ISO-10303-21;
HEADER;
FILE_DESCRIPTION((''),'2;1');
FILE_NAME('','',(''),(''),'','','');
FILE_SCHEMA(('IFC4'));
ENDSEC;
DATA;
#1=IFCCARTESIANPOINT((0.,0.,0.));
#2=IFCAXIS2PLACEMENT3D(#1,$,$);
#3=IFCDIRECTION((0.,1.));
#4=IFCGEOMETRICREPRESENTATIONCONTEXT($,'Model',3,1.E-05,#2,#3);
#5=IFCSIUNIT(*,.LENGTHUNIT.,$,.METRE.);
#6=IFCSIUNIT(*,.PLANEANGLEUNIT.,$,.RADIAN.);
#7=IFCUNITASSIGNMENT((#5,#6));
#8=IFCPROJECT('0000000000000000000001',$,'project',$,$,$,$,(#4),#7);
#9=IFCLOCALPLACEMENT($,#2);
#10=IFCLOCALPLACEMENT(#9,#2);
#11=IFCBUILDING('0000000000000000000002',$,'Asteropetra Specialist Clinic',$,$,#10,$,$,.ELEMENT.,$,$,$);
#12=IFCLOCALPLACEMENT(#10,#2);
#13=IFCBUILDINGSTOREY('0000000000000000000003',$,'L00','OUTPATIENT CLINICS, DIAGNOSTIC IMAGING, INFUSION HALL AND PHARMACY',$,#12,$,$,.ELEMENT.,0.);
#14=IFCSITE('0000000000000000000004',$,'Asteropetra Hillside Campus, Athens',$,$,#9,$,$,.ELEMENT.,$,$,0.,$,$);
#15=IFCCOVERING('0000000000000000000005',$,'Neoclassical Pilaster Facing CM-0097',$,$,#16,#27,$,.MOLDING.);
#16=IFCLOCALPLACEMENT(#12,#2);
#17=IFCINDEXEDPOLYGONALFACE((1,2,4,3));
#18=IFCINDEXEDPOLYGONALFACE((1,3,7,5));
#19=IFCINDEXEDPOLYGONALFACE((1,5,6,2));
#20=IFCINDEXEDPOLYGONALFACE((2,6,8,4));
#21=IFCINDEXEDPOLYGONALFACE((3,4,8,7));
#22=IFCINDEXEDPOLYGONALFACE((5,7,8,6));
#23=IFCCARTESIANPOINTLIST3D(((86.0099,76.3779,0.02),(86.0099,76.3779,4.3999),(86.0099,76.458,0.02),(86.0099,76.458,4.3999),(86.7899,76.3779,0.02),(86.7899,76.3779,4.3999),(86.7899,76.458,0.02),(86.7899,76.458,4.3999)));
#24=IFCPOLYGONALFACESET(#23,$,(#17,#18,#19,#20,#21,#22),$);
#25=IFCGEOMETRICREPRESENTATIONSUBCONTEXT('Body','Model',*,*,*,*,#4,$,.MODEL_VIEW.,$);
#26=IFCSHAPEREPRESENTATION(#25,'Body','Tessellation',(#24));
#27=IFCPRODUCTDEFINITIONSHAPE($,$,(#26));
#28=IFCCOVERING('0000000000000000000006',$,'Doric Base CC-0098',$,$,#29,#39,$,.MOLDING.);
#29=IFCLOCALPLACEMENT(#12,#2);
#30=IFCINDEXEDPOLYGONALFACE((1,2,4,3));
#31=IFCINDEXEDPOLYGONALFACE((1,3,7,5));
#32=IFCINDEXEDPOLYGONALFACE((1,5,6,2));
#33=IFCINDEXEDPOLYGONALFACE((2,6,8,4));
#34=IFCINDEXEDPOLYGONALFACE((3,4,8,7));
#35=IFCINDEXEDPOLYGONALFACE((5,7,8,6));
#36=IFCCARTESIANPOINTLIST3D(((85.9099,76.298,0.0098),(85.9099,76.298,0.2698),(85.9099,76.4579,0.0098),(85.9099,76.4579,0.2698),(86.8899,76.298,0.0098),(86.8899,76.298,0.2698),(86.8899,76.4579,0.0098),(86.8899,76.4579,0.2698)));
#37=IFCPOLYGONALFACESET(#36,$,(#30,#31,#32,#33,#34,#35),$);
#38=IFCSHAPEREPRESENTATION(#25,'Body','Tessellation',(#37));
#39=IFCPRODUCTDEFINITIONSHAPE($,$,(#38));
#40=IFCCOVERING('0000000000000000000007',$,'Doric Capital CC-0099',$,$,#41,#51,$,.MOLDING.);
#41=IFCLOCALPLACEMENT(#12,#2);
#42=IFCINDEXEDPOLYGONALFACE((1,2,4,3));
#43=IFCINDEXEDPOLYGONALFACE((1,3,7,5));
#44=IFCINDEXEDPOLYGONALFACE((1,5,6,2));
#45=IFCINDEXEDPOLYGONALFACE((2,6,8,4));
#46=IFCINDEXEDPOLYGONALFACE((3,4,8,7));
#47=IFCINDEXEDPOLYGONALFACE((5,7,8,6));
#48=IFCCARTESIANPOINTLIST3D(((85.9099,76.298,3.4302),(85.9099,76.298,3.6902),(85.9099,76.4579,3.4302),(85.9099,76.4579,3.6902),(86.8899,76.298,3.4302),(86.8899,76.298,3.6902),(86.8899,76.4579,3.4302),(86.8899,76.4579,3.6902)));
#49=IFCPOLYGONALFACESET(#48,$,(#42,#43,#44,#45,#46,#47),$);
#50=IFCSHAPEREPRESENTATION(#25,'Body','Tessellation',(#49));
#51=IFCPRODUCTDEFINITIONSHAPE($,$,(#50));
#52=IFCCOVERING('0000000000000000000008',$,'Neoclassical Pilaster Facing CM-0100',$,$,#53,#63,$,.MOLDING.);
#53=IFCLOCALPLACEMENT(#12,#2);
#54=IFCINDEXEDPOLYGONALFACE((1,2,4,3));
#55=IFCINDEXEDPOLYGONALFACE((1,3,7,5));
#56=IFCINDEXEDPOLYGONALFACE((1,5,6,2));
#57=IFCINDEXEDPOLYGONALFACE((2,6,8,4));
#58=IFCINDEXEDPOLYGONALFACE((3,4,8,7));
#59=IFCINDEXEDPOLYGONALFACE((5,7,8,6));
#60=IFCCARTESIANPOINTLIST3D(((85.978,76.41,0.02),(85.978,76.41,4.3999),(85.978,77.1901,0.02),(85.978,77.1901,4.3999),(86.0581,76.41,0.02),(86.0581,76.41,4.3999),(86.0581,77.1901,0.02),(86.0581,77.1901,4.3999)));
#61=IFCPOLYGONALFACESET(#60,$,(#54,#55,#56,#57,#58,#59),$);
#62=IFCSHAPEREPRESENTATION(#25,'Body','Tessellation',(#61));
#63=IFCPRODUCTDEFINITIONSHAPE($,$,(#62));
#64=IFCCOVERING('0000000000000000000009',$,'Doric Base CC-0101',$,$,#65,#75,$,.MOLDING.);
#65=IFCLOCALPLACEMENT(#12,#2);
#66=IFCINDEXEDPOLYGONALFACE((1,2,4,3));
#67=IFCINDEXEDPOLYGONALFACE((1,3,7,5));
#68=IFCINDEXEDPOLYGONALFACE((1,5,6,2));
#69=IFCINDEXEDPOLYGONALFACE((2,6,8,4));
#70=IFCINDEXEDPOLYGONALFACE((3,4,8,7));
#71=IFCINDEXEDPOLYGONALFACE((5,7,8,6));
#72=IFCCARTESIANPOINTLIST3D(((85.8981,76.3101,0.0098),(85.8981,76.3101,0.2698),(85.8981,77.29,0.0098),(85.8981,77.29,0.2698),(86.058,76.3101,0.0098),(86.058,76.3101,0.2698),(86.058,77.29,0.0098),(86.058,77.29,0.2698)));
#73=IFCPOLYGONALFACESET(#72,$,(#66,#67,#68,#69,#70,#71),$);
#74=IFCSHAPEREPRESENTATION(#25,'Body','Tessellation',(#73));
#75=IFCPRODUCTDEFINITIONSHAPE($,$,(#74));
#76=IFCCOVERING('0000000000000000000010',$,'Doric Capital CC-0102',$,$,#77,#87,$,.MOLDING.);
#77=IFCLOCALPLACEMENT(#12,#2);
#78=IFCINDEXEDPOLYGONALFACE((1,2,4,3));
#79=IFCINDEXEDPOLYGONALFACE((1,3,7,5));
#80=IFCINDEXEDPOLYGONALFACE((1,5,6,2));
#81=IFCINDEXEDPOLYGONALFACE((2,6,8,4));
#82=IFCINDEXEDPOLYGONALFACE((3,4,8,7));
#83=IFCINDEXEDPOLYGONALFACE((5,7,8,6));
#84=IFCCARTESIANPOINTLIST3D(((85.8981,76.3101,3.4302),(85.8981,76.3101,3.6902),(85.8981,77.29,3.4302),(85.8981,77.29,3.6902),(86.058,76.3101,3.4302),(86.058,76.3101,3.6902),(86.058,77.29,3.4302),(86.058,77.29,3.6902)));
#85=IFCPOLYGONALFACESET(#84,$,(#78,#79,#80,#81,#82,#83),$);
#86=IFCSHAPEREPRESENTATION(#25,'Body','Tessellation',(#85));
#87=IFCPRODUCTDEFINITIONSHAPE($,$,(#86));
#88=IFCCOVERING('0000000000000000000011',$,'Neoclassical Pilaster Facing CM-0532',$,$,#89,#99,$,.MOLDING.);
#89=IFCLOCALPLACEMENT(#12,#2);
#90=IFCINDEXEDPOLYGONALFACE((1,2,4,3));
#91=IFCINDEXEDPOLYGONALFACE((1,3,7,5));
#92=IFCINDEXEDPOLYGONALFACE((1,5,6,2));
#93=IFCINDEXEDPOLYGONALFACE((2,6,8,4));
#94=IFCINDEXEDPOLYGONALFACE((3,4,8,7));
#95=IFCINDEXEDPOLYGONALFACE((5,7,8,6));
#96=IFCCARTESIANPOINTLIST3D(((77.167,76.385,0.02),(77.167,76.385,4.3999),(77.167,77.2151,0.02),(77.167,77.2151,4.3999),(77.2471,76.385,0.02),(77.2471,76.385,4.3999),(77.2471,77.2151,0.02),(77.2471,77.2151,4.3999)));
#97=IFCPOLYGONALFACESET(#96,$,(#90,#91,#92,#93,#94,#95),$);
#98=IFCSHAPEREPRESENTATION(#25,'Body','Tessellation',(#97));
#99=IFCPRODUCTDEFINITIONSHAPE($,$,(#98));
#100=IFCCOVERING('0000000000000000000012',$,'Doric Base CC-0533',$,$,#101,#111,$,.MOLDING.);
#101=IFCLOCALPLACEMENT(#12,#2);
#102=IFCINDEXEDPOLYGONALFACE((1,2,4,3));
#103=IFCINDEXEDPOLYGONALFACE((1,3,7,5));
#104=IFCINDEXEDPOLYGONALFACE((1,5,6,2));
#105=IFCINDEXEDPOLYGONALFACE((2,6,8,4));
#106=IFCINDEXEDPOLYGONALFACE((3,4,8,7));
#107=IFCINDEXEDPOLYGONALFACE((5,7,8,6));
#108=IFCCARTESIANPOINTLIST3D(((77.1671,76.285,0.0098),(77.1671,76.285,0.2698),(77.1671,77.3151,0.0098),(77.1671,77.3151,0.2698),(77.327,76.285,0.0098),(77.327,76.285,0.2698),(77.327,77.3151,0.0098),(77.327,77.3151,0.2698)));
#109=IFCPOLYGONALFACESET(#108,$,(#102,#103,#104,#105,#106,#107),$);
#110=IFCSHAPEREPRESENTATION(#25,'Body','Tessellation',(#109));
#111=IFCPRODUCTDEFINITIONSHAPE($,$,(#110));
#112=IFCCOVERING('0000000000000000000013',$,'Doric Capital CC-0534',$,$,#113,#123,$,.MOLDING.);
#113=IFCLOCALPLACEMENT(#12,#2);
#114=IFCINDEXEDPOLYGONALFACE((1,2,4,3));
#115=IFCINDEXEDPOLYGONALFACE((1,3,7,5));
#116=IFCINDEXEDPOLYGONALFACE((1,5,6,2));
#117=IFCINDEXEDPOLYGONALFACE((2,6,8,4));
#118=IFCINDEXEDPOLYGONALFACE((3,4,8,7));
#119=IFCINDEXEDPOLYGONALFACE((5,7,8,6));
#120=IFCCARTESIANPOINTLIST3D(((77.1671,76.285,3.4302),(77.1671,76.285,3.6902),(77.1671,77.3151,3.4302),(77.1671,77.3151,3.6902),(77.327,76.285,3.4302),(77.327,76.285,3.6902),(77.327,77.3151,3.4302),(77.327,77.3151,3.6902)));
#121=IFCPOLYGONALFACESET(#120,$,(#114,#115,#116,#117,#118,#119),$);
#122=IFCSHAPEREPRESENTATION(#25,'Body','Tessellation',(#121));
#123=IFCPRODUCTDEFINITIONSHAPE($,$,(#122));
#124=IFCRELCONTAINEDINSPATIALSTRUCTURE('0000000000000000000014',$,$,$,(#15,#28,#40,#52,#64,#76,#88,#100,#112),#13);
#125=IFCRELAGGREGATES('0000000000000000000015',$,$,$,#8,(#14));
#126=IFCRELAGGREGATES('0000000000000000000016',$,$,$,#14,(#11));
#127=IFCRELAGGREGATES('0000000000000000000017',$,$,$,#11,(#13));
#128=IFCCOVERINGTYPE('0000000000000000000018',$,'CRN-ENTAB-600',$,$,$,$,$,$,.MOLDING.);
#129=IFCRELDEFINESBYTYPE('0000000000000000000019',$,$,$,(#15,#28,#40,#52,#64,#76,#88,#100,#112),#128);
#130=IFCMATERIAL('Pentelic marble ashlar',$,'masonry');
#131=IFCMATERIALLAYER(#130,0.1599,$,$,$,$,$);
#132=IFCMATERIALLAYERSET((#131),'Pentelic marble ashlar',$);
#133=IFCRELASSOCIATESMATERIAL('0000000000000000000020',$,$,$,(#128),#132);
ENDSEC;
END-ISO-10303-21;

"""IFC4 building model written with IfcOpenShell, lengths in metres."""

from ifc_helpers import new_model, si_unit, direction, frame, origin, origin_2d, place, context, subcontext, project, spatial, rectangle, extrude, material, layer, layer_set, type_object, element, save


model = new_model("IFC4")

# Units and contexts
model_context = context("Model", 3, precision=1e-05, world=origin(), true_north=direction((0.0, 1.0)))
body_context = subcontext(model_context, "Body", "Model", "MODEL_VIEW")
ifc_project = project(units=[si_unit("LENGTHUNIT", "METRE"), si_unit("PLANEANGLEUNIT", "RADIAN")], contexts=[model_context])

# Site, building, storey
site_placement = place(None, origin())
site = spatial("IfcSite", under=ifc_project, at=site_placement, Name="Asteropetra Hillside Campus, Athens", CompositionType="ELEMENT", RefElevation=0.0)
building_placement = place(site_placement, origin())
building = spatial("IfcBuilding", under=site, at=building_placement, Name="Asteropetra Specialist Clinic", CompositionType="ELEMENT")
storey_placement = place(building_placement, origin())
storey = spatial("IfcBuildingStorey", under=building, at=storey_placement, Name="L00", Description="OUTPATIENT CLINICS, DIAGNOSTIC IMAGING, INFUSION HALL AND PHARMACY", CompositionType="ELEMENT", Elevation=0.0)

# Coverings
ifc_material_1 = material(Name="Pentelic marble ashlar", Category="masonry")
ifc_layer_1 = layer(ifc_material_1, 0.1599)
ifc_layer_set_1 = layer_set([ifc_layer_1], Name="Pentelic marble ashlar")
covering_type = type_object("IfcCoveringType", Name="CRN-ENTAB-600", PredefinedType="MOLDING", material=ifc_layer_set_1)
covering_1_placement = place(storey_placement, frame((86.3999, 76.418, 0.02), z_axis=(0.0, 0.0, 1.0), x_axis=(1.0, 0.0, 0.0)))
element("IfcCovering", 1, at=covering_1_placement, inside=storey, type_object=covering_type, Name="Neoclassical Pilaster Facing CM-0097", PredefinedType="MOLDING", context=body_context, shape_type="SweptSolid", body=[
    extrude(rectangle(XDim=0.78, YDim=0.0801, at=origin_2d()), origin(), (0.0, 0.0, 1.0), 4.3799),
])
for number, where, z_axis, x_axis, name in (
    (2, (86.3999, 76.3779, 0.0098), (0.0, 0.0, 1.0), (1.0, 0.0, 0.0), "Doric Base CC-0098"),
    (3, (86.3999, 76.3779, 3.4302), (0.0, 0.0, 1.0), (1.0, 0.0, 0.0), "Doric Capital CC-0099"),
):
    element("IfcCovering", number, at=place(storey_placement, frame(where, z_axis=z_axis, x_axis=x_axis)), inside=storey, type_object=covering_type, Name=name, PredefinedType="MOLDING", context=body_context, shape_type="SweptSolid", body=[
        extrude(rectangle(XDim=0.98, YDim=0.1599, at=origin_2d()), origin(), (0.0, 0.0, 1.0), 0.26),
    ])
covering_2_placement = place(storey_placement, frame((86.0181, 76.8, 0.02), z_axis=(0.0, 0.0, 1.0), x_axis=(1.0, 0.0, 0.0)))
element("IfcCovering", 4, at=covering_2_placement, inside=storey, type_object=covering_type, Name="Neoclassical Pilaster Facing CM-0100", PredefinedType="MOLDING", context=body_context, shape_type="SweptSolid", body=[
    extrude(rectangle(XDim=0.0801, YDim=0.78, at=origin_2d()), origin(), (0.0, 0.0, 1.0), 4.3799),
])
for number, where, z_axis, x_axis, name in (
    (5, (85.978, 76.8, 0.0098), (0.0, 0.0, 1.0), (1.0, 0.0, 0.0), "Doric Base CC-0101"),
    (6, (85.978, 76.8, 3.4302), (0.0, 0.0, 1.0), (1.0, 0.0, 0.0), "Doric Capital CC-0102"),
):
    element("IfcCovering", number, at=place(storey_placement, frame(where, z_axis=z_axis, x_axis=x_axis)), inside=storey, type_object=covering_type, Name=name, PredefinedType="MOLDING", context=body_context, shape_type="SweptSolid", body=[
        extrude(rectangle(XDim=0.1599, YDim=0.98, at=origin_2d()), origin(), (0.0, 0.0, 1.0), 0.26),
    ])
covering_3_placement = place(storey_placement, frame((77.207, 76.8, 0.02), z_axis=(0.0, 0.0, 1.0), x_axis=(1.0, 0.0, 0.0)))
element("IfcCovering", 7, at=covering_3_placement, inside=storey, type_object=covering_type, Name="Neoclassical Pilaster Facing CM-0532", PredefinedType="MOLDING", context=body_context, shape_type="SweptSolid", body=[
    extrude(rectangle(XDim=0.0801, YDim=0.8301, at=origin_2d()), origin(), (0.0, 0.0, 1.0), 4.3799),
])
for number, where, z_axis, x_axis, name in (
    (8, (77.2471, 76.8, 0.0098), (0.0, 0.0, 1.0), (1.0, 0.0, 0.0), "Doric Base CC-0533"),
    (9, (77.2471, 76.8, 3.4302), (0.0, 0.0, 1.0), (1.0, 0.0, 0.0), "Doric Capital CC-0534"),
):
    element("IfcCovering", number, at=place(storey_placement, frame(where, z_axis=z_axis, x_axis=x_axis)), inside=storey, type_object=covering_type, Name=name, PredefinedType="MOLDING", context=body_context, shape_type="SweptSolid", body=[
        extrude(rectangle(XDim=0.1599, YDim=1.03, at=origin_2d()), origin(), (0.0, 0.0, 1.0), 0.26),
    ])

save(model, "model.ifc")
